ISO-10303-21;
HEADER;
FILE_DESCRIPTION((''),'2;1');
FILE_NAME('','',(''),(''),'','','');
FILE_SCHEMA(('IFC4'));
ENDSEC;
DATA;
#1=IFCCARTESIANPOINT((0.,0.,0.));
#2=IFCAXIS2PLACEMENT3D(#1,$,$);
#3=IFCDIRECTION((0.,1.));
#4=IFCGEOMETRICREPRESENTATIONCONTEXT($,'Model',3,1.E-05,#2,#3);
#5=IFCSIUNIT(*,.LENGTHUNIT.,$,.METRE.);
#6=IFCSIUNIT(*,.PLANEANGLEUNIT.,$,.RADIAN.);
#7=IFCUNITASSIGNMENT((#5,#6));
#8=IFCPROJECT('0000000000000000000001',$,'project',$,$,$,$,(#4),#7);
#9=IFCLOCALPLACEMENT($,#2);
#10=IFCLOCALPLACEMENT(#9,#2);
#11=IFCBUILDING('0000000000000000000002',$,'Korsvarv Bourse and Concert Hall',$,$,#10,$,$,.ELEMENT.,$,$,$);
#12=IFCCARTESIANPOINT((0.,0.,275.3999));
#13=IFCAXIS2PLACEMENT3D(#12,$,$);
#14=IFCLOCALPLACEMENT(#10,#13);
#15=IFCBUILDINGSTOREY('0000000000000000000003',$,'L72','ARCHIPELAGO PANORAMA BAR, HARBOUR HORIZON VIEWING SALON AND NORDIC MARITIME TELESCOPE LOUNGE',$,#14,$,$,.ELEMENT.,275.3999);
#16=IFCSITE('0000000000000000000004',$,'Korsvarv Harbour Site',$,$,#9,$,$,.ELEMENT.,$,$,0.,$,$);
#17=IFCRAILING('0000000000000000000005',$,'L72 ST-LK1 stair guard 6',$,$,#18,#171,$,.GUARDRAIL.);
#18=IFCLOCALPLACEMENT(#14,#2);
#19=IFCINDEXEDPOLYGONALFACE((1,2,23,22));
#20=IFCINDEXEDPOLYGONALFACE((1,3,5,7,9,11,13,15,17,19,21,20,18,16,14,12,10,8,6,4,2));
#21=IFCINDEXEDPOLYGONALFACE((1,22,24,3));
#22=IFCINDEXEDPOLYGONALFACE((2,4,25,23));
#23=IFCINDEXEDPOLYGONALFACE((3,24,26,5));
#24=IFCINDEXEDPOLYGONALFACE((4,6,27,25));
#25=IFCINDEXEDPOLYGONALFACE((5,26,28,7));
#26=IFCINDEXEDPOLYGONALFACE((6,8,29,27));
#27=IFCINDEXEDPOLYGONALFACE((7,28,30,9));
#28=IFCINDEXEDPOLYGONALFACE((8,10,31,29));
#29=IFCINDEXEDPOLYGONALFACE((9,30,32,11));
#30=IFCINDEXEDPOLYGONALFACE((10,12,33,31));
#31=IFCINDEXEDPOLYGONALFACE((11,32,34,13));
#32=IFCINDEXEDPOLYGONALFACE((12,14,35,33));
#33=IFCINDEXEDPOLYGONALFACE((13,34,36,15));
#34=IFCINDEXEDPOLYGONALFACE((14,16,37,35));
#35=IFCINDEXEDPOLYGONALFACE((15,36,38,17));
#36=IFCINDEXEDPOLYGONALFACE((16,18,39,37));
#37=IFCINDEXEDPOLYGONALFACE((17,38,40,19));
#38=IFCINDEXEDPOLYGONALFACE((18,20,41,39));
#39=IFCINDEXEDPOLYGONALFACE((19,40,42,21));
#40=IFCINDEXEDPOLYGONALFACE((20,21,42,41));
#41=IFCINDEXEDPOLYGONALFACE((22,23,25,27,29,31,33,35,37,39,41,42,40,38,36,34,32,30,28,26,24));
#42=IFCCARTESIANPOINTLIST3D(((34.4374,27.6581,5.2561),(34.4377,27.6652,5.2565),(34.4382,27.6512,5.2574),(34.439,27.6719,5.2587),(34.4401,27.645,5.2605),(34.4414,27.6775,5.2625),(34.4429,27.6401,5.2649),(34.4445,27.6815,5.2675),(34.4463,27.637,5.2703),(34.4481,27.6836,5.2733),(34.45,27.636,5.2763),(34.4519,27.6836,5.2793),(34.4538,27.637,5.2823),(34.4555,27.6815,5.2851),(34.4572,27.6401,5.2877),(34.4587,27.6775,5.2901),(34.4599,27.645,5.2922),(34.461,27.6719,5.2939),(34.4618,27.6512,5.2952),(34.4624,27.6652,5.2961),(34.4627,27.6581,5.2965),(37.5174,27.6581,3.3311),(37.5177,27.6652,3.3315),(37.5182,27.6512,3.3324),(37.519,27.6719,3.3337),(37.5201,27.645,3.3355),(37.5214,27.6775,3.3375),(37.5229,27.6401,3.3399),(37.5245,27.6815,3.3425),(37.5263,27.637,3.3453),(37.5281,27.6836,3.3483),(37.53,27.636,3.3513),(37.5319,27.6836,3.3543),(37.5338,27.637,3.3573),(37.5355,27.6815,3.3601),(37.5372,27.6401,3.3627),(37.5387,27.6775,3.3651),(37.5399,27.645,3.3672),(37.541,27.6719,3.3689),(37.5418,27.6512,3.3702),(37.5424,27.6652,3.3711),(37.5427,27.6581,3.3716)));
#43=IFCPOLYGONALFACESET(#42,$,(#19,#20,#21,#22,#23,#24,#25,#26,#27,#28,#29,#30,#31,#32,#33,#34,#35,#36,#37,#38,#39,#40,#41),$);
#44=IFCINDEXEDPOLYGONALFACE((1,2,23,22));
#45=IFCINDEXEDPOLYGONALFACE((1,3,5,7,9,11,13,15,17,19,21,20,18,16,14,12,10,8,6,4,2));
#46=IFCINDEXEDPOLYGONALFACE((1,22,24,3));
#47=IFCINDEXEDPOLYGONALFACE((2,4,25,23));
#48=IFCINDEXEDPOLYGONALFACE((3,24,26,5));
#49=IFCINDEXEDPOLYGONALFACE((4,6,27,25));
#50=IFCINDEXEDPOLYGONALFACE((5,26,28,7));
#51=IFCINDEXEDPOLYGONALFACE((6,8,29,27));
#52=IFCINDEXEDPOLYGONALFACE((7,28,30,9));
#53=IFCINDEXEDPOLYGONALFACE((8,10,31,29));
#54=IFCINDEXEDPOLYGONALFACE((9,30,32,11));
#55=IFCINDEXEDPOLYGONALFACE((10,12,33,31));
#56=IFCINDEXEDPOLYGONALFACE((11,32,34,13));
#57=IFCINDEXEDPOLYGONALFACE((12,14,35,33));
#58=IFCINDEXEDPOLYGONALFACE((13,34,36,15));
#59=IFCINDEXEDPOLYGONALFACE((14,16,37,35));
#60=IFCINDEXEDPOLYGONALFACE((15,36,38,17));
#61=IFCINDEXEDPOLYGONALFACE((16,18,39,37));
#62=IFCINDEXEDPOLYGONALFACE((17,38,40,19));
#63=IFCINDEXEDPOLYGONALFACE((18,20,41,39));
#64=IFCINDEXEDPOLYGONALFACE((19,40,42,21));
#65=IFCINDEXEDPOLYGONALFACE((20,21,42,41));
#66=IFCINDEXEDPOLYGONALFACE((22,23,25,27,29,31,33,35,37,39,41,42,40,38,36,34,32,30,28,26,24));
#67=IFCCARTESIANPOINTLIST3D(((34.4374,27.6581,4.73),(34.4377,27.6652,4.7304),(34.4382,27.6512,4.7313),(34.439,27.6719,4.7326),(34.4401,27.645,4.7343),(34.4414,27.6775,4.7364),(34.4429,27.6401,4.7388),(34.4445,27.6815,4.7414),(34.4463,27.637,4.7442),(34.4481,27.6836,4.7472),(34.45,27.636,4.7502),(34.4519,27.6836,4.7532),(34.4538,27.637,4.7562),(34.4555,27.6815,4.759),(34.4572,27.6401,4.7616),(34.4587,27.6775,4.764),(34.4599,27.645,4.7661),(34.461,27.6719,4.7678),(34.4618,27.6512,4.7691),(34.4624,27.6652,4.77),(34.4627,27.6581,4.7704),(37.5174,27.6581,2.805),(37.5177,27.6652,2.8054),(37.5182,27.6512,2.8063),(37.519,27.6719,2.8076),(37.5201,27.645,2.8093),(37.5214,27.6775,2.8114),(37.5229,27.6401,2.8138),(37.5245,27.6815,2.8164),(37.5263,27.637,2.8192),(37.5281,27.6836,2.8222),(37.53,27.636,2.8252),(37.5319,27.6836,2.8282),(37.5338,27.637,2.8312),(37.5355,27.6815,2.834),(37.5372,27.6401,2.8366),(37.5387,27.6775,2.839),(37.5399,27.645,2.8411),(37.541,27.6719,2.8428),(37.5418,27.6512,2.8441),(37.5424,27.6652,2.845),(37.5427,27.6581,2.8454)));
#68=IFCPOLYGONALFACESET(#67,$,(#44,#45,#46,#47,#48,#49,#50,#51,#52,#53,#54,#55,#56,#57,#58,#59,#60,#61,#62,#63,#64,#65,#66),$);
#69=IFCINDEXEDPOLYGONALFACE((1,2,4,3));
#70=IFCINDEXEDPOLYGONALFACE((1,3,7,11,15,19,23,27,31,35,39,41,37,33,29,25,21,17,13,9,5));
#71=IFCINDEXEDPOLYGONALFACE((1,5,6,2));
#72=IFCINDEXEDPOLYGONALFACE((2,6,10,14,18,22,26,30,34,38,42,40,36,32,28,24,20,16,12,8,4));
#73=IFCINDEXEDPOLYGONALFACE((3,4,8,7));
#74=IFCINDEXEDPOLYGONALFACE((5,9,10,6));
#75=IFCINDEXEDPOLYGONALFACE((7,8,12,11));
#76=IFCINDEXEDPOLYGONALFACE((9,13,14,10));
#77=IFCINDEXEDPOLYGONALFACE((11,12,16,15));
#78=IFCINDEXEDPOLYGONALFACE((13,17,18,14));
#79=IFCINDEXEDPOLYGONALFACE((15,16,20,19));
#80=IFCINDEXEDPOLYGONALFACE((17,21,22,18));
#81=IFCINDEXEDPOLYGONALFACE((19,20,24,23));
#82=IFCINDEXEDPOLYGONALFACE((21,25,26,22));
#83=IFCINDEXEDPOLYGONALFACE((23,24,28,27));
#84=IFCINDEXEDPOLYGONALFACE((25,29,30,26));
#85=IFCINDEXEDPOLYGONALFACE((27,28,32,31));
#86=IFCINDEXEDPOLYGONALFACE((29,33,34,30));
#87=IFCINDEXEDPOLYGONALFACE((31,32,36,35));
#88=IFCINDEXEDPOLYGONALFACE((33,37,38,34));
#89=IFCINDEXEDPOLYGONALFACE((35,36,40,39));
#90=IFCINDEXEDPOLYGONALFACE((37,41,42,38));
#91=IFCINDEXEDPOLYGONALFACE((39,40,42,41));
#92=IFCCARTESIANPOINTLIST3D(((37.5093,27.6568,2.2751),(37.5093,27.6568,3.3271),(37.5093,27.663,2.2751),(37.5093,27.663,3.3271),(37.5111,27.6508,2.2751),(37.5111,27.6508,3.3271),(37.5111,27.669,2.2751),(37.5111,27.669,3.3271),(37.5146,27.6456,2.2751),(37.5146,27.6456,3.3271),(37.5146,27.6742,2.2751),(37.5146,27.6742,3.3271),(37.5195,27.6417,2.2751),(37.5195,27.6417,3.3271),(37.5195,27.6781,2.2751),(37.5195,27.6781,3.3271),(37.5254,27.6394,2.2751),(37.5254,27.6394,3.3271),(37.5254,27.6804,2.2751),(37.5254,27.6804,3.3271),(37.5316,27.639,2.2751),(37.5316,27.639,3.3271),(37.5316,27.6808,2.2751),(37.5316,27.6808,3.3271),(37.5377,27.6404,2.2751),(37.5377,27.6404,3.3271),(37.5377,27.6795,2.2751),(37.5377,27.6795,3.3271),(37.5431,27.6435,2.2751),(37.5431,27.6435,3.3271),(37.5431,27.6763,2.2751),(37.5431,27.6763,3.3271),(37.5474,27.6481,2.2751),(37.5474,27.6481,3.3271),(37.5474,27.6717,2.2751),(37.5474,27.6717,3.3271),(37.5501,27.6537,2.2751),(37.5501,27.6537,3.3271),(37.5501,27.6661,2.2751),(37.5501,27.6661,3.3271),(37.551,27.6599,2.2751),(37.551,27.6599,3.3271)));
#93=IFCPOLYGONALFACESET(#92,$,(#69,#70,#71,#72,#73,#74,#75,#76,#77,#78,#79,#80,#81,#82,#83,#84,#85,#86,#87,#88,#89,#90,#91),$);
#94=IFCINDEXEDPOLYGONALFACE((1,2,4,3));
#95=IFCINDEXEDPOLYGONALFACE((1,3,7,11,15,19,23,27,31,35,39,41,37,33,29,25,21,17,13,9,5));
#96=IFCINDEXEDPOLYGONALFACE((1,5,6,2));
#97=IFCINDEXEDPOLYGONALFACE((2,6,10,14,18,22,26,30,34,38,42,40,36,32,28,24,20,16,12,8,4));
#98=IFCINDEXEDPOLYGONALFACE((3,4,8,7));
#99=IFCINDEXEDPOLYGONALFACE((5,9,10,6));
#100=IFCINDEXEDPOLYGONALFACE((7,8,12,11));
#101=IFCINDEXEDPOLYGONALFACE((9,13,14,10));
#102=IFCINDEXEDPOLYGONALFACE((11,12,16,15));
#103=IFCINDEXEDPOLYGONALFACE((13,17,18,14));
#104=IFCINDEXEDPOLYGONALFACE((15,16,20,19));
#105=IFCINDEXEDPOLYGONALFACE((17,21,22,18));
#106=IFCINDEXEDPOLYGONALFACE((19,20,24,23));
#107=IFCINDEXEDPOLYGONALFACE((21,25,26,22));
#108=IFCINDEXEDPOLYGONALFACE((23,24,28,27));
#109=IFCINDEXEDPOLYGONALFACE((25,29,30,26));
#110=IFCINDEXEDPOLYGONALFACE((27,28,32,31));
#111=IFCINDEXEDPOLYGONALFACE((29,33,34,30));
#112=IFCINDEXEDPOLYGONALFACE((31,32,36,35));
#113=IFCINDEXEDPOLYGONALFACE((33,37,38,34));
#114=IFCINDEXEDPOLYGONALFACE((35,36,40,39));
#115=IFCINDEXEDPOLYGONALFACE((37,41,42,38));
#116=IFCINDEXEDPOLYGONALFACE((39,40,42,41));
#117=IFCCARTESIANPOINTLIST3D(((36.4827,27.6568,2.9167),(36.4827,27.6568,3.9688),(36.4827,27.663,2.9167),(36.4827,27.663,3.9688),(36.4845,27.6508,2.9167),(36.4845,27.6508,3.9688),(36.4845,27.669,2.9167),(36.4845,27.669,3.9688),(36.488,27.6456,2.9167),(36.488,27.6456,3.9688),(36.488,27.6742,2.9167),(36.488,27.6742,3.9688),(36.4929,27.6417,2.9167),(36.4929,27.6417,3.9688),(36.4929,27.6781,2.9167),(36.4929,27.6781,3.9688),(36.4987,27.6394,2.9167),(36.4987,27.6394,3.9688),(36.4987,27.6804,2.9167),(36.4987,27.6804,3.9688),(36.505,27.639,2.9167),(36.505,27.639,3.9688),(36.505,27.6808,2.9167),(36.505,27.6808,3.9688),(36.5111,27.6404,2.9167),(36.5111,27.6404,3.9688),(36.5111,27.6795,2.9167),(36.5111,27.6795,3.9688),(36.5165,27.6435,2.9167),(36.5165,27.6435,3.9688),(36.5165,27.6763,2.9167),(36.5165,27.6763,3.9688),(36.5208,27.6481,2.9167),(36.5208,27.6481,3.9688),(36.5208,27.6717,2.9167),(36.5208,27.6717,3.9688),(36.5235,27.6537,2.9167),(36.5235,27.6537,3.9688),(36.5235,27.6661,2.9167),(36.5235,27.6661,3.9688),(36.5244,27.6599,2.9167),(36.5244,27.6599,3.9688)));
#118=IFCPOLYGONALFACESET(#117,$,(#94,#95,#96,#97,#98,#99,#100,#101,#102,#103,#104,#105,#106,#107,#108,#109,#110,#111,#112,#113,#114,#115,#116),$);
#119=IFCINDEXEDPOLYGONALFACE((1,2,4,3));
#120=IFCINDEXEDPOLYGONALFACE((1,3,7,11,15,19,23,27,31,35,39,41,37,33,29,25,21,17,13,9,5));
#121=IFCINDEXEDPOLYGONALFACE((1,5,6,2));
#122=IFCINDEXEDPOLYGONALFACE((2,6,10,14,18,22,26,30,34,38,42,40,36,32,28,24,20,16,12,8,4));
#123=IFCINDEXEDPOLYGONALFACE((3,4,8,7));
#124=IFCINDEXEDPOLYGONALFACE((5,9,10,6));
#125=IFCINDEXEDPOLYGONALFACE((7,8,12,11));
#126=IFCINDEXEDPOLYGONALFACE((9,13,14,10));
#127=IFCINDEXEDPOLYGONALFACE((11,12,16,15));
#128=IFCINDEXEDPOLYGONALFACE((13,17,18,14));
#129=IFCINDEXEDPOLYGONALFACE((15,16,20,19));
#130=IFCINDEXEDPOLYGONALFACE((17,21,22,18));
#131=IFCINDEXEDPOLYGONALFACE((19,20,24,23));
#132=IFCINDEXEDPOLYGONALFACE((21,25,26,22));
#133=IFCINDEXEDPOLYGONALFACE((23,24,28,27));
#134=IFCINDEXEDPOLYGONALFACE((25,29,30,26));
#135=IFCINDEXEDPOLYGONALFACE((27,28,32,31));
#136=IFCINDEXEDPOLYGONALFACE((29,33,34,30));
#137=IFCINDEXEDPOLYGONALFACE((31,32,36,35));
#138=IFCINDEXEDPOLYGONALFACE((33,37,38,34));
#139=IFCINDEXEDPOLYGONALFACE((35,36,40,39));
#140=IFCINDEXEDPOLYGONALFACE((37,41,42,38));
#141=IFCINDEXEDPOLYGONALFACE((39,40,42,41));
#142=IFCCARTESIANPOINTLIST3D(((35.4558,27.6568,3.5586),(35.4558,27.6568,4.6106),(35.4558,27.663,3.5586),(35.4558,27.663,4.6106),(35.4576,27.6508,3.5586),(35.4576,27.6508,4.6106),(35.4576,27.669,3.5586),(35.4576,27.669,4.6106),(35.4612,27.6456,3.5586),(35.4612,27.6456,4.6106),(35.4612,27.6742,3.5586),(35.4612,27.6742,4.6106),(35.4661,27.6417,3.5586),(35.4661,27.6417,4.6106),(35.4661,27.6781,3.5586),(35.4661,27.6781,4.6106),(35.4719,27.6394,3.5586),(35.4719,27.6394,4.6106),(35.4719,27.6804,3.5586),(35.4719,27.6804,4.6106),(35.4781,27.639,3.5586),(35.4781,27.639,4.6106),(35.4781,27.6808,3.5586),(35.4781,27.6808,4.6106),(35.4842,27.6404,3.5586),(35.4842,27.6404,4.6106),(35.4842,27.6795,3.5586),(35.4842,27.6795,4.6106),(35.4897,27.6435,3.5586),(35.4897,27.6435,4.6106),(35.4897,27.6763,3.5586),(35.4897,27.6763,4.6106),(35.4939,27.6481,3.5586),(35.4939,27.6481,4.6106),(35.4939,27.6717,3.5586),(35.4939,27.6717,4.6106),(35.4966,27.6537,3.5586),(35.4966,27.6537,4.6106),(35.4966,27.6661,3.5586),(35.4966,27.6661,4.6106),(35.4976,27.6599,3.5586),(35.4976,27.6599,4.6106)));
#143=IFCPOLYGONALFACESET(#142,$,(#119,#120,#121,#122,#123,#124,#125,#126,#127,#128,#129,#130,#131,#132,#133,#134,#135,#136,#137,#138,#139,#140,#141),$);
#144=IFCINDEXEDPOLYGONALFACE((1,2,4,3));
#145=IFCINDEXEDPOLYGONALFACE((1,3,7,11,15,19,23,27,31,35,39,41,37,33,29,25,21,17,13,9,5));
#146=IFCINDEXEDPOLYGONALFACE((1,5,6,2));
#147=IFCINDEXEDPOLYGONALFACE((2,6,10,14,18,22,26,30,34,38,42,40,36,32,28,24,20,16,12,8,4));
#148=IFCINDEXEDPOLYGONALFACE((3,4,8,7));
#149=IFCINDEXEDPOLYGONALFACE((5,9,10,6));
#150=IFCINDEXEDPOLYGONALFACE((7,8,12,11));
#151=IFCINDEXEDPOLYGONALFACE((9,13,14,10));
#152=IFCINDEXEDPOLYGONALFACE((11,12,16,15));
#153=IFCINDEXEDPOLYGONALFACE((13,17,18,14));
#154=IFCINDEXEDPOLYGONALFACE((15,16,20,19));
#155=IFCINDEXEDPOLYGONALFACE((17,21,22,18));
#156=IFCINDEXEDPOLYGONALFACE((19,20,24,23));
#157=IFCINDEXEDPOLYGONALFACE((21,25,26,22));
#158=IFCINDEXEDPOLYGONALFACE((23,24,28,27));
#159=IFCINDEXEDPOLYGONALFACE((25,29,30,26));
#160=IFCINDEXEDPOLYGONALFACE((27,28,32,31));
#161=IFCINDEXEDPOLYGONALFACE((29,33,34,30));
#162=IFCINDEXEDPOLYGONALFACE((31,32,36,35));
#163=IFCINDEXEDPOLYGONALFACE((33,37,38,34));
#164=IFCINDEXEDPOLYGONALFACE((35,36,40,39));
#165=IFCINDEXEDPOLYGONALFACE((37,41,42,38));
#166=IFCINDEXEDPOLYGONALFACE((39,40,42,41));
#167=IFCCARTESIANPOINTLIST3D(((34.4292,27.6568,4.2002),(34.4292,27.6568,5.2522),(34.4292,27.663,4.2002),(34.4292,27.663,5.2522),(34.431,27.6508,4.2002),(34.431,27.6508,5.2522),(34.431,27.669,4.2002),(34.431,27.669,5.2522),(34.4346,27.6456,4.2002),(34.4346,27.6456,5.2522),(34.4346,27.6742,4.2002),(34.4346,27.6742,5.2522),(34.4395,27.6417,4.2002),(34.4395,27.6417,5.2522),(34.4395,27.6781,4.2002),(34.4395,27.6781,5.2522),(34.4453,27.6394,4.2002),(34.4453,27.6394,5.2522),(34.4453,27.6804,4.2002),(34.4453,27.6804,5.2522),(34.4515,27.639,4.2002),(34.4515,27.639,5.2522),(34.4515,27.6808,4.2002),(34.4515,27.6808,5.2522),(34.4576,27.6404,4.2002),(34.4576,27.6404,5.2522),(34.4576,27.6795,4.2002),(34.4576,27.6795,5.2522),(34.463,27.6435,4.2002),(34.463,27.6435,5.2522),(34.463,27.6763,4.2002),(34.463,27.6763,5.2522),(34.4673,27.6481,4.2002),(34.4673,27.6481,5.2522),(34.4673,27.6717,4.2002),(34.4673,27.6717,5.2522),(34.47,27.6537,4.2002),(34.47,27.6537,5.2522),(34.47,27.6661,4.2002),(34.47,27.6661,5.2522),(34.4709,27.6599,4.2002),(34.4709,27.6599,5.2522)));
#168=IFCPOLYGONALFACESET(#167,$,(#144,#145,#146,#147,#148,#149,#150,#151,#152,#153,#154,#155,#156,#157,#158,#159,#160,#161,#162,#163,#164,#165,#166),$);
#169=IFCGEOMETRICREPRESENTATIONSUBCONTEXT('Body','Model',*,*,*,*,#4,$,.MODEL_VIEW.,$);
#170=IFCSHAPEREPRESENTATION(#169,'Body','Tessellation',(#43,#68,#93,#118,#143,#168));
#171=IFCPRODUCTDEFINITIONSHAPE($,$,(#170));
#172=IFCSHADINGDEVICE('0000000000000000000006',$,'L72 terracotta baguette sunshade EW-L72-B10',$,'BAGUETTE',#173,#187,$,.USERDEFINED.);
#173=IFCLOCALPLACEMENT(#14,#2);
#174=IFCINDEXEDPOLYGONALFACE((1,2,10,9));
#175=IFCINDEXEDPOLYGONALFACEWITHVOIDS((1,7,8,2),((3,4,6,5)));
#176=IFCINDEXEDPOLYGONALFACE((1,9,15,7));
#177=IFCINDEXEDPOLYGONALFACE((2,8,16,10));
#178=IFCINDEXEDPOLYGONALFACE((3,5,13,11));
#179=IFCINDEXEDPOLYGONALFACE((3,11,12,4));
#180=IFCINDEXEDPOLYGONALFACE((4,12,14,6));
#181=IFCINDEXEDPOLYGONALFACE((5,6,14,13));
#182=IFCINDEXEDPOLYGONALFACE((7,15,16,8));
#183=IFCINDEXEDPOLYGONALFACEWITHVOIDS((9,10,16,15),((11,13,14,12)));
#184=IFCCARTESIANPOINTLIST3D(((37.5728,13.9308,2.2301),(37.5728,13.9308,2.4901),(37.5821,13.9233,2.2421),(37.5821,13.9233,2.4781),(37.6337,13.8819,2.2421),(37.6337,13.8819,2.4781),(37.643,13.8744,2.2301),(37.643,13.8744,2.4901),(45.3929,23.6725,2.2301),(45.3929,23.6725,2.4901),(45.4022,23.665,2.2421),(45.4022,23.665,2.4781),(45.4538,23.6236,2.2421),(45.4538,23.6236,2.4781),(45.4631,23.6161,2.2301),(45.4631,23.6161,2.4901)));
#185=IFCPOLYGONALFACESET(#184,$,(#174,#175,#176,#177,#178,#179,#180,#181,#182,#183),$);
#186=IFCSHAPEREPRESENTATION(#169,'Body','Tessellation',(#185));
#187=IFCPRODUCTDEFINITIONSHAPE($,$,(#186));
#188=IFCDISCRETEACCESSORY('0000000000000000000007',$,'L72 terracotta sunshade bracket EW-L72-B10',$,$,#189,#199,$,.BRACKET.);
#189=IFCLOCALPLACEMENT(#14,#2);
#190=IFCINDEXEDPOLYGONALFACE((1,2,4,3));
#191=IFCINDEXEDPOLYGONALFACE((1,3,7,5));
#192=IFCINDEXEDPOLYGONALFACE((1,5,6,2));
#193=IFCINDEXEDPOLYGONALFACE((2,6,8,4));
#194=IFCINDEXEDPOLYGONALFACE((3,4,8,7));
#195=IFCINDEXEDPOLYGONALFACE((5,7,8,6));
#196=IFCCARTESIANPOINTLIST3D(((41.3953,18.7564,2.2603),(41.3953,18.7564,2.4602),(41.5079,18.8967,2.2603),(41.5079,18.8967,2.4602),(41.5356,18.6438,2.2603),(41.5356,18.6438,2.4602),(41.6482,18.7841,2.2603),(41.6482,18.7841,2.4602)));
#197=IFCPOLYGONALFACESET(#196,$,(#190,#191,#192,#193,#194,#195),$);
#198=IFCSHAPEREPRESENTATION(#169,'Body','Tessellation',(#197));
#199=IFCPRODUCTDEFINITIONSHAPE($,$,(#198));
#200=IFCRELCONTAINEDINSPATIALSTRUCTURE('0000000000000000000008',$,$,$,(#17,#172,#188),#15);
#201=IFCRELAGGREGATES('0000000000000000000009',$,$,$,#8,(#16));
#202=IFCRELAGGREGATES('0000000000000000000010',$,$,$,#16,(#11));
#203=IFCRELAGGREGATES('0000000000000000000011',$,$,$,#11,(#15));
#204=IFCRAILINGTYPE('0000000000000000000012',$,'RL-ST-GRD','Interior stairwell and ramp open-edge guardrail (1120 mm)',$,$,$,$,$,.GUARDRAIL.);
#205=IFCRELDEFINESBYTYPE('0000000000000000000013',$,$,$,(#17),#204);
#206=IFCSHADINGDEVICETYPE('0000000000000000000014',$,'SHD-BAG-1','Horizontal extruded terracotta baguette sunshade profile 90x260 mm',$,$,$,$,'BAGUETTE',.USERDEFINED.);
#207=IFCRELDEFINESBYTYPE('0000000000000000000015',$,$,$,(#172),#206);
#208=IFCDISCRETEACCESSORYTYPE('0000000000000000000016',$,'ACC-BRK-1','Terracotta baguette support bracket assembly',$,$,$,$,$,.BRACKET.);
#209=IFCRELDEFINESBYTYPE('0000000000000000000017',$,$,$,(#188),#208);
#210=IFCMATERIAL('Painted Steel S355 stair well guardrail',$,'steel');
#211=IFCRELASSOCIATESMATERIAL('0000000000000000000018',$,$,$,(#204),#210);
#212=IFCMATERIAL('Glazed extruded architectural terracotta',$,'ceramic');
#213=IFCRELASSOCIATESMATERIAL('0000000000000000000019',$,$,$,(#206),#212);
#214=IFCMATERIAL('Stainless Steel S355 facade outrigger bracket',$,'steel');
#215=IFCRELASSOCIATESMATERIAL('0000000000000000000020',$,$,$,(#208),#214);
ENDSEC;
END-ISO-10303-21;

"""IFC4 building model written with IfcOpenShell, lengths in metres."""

from ifc_helpers import new_model, si_unit, direction, frame, origin, origin_2d, place, context, subcontext, project, spatial, rectangle, hollow_rectangle, circle, extrude, source, transform, mapped, material, material_profile, profile_set, type_object, element, save


model = new_model("IFC4")

# Units and contexts
model_context = context("Model", 3, precision=1e-05, world=origin(), true_north=direction((0.0, 1.0)))
body_context = subcontext(model_context, "Body", "Model", "MODEL_VIEW")
ifc_project = project(units=[si_unit("LENGTHUNIT", "METRE"), si_unit("PLANEANGLEUNIT", "RADIAN")], contexts=[model_context])

# Site, building, storey
site_placement = place(None, origin())
site = spatial("IfcSite", under=ifc_project, at=site_placement, Name="Korsvarv Harbour Site", CompositionType="ELEMENT", RefElevation=0.0)
building_placement = place(site_placement, origin())
building = spatial("IfcBuilding", under=site, at=building_placement, Name="Korsvarv Bourse and Concert Hall", CompositionType="ELEMENT")
storey_placement = place(building_placement, frame((0.0, 0.0, 275.3999)))
storey = spatial("IfcBuildingStorey", under=building, at=storey_placement, Name="L72", Description="ARCHIPELAGO PANORAMA BAR, HARBOUR HORIZON VIEWING SALON AND NORDIC MARITIME TELESCOPE LOUNGE", CompositionType="ELEMENT", Elevation=275.3999)

# Railing
ifc_material_1 = material(Name="Painted Steel S355 stair well guardrail", Category="steel")
railing_type_1 = type_object("IfcRailingType", Name="RL-ST-GRD", Description="Interior stairwell and ramp open-edge guardrail (1120 mm)", PredefinedType="GUARDRAIL", material=ifc_material_1)
railing_1_placement = place(storey_placement, frame((37.53, 27.6599, 2.2751)))
element("IfcRailing", 1, at=railing_1_placement, inside=storey, type_object=railing_type_1, Name="L72 ST-LK1 stair guard 6", PredefinedType="GUARDRAIL", context=body_context, shape_type="SweptSolid", body=[
    extrude(circle(Radius=0.0239, at=origin_2d()), frame((0.0, 0.0, 1.0762), z_axis=(-0.847998, 0.0, 0.529999), x_axis=(0.0, -1.0, 0.0)), (0.0, 0.0, 1.0), 3.6321),
    extrude(circle(Radius=0.0239, at=origin_2d()), frame((0.0, 0.0, 0.55), z_axis=(-0.847998, 0.0, 0.529999), x_axis=(0.0, -1.0, 0.0)), (0.0, 0.0, 1.0), 3.6321),
    extrude(circle(Radius=0.021, at=origin_2d()), origin(), (0.0, 0.0, 1.0), 1.052),
    extrude(circle(Radius=0.021, at=origin_2d()), frame((-1.0266, 0.0, 0.6416)), (0.0, 0.0, 1.0), 1.052),
    extrude(circle(Radius=0.021, at=origin_2d()), frame((-2.0535, 0.0, 1.2834)), (0.0, 0.0, 1.0), 1.052),
    extrude(circle(Radius=0.021, at=origin_2d()), frame((-3.0801, 0.0, 1.925)), (0.0, 0.0, 1.0), 1.052),
])

# Shading device
ifc_material_2 = material(Name="Glazed extruded architectural terracotta", Category="ceramic")
ifc_material_profile_1 = material_profile(ifc_material_2, hollow_rectangle(XDim=0.0901, YDim=0.26, WallThickness=0.012, at=origin_2d()), Name="TC-BAG 90x260")
ifc_profile_set_1 = profile_set([ifc_material_profile_1], Name="Glazed extruded architectural terracotta")
shading_device_type = type_object("IfcShadingDeviceType", Name="SHD-BAG-1", Description="Horizontal extruded terracotta baguette sunshade profile 90x260 mm", ElementType="BAGUETTE", PredefinedType="USERDEFINED", material=ifc_profile_set_1)
shared_shape_1 = source(origin(), body_context, "Body", "SweptSolid", [
    extrude(hollow_rectangle(XDim=0.0901, YDim=0.26, WallThickness=0.012, at=origin_2d()), origin(), (0.0, 0.0, 1.0), 12.4922),
])
shading_device_placement = place(storey_placement, frame((37.6079, 13.9026, 2.3601), z_axis=(0.625998, 0.779825, 0.0), x_axis=(-0.779825, 0.625998, 0.0)))
element("IfcShadingDevice", 2, at=shading_device_placement, inside=storey, type_object=shading_device_type, Name="L72 terracotta baguette sunshade EW-L72-B10", ObjectType="BAGUETTE", PredefinedType="USERDEFINED", context=body_context, shape_type="MappedRepresentation", body=[
    mapped(shared_shape_1, transform((0.0, 0.0, 0.0), scale=1.0)),
])

# Discrete accessory
ifc_material_3 = material(Name="Stainless Steel S355 facade outrigger bracket", Category="steel")
discrete_accessory_type = type_object("IfcDiscreteAccessoryType", Name="ACC-BRK-1", Description="Terracotta baguette support bracket assembly", PredefinedType="BRACKET", material=ifc_material_3)
shared_shape_2 = source(origin(), body_context, "Body", "SweptSolid", [
    extrude(rectangle(XDim=0.1799, YDim=0.1799, at=origin_2d()), origin(), (0.0, 0.0, 1.0), 0.2),
])
discrete_accessory_placement = place(storey_placement, frame((41.5217, 18.7703, 2.2603), z_axis=(0.0, 0.0, 1.0), x_axis=(0.62606, 0.779775, 0.0)))
element("IfcDiscreteAccessory", 3, at=discrete_accessory_placement, inside=storey, type_object=discrete_accessory_type, Name="L72 terracotta sunshade bracket EW-L72-B10", PredefinedType="BRACKET", context=body_context, shape_type="MappedRepresentation", body=[
    mapped(shared_shape_2, transform((0.0, 0.0, 0.0), scale=1.0)),
])

save(model, "model.ifc")
